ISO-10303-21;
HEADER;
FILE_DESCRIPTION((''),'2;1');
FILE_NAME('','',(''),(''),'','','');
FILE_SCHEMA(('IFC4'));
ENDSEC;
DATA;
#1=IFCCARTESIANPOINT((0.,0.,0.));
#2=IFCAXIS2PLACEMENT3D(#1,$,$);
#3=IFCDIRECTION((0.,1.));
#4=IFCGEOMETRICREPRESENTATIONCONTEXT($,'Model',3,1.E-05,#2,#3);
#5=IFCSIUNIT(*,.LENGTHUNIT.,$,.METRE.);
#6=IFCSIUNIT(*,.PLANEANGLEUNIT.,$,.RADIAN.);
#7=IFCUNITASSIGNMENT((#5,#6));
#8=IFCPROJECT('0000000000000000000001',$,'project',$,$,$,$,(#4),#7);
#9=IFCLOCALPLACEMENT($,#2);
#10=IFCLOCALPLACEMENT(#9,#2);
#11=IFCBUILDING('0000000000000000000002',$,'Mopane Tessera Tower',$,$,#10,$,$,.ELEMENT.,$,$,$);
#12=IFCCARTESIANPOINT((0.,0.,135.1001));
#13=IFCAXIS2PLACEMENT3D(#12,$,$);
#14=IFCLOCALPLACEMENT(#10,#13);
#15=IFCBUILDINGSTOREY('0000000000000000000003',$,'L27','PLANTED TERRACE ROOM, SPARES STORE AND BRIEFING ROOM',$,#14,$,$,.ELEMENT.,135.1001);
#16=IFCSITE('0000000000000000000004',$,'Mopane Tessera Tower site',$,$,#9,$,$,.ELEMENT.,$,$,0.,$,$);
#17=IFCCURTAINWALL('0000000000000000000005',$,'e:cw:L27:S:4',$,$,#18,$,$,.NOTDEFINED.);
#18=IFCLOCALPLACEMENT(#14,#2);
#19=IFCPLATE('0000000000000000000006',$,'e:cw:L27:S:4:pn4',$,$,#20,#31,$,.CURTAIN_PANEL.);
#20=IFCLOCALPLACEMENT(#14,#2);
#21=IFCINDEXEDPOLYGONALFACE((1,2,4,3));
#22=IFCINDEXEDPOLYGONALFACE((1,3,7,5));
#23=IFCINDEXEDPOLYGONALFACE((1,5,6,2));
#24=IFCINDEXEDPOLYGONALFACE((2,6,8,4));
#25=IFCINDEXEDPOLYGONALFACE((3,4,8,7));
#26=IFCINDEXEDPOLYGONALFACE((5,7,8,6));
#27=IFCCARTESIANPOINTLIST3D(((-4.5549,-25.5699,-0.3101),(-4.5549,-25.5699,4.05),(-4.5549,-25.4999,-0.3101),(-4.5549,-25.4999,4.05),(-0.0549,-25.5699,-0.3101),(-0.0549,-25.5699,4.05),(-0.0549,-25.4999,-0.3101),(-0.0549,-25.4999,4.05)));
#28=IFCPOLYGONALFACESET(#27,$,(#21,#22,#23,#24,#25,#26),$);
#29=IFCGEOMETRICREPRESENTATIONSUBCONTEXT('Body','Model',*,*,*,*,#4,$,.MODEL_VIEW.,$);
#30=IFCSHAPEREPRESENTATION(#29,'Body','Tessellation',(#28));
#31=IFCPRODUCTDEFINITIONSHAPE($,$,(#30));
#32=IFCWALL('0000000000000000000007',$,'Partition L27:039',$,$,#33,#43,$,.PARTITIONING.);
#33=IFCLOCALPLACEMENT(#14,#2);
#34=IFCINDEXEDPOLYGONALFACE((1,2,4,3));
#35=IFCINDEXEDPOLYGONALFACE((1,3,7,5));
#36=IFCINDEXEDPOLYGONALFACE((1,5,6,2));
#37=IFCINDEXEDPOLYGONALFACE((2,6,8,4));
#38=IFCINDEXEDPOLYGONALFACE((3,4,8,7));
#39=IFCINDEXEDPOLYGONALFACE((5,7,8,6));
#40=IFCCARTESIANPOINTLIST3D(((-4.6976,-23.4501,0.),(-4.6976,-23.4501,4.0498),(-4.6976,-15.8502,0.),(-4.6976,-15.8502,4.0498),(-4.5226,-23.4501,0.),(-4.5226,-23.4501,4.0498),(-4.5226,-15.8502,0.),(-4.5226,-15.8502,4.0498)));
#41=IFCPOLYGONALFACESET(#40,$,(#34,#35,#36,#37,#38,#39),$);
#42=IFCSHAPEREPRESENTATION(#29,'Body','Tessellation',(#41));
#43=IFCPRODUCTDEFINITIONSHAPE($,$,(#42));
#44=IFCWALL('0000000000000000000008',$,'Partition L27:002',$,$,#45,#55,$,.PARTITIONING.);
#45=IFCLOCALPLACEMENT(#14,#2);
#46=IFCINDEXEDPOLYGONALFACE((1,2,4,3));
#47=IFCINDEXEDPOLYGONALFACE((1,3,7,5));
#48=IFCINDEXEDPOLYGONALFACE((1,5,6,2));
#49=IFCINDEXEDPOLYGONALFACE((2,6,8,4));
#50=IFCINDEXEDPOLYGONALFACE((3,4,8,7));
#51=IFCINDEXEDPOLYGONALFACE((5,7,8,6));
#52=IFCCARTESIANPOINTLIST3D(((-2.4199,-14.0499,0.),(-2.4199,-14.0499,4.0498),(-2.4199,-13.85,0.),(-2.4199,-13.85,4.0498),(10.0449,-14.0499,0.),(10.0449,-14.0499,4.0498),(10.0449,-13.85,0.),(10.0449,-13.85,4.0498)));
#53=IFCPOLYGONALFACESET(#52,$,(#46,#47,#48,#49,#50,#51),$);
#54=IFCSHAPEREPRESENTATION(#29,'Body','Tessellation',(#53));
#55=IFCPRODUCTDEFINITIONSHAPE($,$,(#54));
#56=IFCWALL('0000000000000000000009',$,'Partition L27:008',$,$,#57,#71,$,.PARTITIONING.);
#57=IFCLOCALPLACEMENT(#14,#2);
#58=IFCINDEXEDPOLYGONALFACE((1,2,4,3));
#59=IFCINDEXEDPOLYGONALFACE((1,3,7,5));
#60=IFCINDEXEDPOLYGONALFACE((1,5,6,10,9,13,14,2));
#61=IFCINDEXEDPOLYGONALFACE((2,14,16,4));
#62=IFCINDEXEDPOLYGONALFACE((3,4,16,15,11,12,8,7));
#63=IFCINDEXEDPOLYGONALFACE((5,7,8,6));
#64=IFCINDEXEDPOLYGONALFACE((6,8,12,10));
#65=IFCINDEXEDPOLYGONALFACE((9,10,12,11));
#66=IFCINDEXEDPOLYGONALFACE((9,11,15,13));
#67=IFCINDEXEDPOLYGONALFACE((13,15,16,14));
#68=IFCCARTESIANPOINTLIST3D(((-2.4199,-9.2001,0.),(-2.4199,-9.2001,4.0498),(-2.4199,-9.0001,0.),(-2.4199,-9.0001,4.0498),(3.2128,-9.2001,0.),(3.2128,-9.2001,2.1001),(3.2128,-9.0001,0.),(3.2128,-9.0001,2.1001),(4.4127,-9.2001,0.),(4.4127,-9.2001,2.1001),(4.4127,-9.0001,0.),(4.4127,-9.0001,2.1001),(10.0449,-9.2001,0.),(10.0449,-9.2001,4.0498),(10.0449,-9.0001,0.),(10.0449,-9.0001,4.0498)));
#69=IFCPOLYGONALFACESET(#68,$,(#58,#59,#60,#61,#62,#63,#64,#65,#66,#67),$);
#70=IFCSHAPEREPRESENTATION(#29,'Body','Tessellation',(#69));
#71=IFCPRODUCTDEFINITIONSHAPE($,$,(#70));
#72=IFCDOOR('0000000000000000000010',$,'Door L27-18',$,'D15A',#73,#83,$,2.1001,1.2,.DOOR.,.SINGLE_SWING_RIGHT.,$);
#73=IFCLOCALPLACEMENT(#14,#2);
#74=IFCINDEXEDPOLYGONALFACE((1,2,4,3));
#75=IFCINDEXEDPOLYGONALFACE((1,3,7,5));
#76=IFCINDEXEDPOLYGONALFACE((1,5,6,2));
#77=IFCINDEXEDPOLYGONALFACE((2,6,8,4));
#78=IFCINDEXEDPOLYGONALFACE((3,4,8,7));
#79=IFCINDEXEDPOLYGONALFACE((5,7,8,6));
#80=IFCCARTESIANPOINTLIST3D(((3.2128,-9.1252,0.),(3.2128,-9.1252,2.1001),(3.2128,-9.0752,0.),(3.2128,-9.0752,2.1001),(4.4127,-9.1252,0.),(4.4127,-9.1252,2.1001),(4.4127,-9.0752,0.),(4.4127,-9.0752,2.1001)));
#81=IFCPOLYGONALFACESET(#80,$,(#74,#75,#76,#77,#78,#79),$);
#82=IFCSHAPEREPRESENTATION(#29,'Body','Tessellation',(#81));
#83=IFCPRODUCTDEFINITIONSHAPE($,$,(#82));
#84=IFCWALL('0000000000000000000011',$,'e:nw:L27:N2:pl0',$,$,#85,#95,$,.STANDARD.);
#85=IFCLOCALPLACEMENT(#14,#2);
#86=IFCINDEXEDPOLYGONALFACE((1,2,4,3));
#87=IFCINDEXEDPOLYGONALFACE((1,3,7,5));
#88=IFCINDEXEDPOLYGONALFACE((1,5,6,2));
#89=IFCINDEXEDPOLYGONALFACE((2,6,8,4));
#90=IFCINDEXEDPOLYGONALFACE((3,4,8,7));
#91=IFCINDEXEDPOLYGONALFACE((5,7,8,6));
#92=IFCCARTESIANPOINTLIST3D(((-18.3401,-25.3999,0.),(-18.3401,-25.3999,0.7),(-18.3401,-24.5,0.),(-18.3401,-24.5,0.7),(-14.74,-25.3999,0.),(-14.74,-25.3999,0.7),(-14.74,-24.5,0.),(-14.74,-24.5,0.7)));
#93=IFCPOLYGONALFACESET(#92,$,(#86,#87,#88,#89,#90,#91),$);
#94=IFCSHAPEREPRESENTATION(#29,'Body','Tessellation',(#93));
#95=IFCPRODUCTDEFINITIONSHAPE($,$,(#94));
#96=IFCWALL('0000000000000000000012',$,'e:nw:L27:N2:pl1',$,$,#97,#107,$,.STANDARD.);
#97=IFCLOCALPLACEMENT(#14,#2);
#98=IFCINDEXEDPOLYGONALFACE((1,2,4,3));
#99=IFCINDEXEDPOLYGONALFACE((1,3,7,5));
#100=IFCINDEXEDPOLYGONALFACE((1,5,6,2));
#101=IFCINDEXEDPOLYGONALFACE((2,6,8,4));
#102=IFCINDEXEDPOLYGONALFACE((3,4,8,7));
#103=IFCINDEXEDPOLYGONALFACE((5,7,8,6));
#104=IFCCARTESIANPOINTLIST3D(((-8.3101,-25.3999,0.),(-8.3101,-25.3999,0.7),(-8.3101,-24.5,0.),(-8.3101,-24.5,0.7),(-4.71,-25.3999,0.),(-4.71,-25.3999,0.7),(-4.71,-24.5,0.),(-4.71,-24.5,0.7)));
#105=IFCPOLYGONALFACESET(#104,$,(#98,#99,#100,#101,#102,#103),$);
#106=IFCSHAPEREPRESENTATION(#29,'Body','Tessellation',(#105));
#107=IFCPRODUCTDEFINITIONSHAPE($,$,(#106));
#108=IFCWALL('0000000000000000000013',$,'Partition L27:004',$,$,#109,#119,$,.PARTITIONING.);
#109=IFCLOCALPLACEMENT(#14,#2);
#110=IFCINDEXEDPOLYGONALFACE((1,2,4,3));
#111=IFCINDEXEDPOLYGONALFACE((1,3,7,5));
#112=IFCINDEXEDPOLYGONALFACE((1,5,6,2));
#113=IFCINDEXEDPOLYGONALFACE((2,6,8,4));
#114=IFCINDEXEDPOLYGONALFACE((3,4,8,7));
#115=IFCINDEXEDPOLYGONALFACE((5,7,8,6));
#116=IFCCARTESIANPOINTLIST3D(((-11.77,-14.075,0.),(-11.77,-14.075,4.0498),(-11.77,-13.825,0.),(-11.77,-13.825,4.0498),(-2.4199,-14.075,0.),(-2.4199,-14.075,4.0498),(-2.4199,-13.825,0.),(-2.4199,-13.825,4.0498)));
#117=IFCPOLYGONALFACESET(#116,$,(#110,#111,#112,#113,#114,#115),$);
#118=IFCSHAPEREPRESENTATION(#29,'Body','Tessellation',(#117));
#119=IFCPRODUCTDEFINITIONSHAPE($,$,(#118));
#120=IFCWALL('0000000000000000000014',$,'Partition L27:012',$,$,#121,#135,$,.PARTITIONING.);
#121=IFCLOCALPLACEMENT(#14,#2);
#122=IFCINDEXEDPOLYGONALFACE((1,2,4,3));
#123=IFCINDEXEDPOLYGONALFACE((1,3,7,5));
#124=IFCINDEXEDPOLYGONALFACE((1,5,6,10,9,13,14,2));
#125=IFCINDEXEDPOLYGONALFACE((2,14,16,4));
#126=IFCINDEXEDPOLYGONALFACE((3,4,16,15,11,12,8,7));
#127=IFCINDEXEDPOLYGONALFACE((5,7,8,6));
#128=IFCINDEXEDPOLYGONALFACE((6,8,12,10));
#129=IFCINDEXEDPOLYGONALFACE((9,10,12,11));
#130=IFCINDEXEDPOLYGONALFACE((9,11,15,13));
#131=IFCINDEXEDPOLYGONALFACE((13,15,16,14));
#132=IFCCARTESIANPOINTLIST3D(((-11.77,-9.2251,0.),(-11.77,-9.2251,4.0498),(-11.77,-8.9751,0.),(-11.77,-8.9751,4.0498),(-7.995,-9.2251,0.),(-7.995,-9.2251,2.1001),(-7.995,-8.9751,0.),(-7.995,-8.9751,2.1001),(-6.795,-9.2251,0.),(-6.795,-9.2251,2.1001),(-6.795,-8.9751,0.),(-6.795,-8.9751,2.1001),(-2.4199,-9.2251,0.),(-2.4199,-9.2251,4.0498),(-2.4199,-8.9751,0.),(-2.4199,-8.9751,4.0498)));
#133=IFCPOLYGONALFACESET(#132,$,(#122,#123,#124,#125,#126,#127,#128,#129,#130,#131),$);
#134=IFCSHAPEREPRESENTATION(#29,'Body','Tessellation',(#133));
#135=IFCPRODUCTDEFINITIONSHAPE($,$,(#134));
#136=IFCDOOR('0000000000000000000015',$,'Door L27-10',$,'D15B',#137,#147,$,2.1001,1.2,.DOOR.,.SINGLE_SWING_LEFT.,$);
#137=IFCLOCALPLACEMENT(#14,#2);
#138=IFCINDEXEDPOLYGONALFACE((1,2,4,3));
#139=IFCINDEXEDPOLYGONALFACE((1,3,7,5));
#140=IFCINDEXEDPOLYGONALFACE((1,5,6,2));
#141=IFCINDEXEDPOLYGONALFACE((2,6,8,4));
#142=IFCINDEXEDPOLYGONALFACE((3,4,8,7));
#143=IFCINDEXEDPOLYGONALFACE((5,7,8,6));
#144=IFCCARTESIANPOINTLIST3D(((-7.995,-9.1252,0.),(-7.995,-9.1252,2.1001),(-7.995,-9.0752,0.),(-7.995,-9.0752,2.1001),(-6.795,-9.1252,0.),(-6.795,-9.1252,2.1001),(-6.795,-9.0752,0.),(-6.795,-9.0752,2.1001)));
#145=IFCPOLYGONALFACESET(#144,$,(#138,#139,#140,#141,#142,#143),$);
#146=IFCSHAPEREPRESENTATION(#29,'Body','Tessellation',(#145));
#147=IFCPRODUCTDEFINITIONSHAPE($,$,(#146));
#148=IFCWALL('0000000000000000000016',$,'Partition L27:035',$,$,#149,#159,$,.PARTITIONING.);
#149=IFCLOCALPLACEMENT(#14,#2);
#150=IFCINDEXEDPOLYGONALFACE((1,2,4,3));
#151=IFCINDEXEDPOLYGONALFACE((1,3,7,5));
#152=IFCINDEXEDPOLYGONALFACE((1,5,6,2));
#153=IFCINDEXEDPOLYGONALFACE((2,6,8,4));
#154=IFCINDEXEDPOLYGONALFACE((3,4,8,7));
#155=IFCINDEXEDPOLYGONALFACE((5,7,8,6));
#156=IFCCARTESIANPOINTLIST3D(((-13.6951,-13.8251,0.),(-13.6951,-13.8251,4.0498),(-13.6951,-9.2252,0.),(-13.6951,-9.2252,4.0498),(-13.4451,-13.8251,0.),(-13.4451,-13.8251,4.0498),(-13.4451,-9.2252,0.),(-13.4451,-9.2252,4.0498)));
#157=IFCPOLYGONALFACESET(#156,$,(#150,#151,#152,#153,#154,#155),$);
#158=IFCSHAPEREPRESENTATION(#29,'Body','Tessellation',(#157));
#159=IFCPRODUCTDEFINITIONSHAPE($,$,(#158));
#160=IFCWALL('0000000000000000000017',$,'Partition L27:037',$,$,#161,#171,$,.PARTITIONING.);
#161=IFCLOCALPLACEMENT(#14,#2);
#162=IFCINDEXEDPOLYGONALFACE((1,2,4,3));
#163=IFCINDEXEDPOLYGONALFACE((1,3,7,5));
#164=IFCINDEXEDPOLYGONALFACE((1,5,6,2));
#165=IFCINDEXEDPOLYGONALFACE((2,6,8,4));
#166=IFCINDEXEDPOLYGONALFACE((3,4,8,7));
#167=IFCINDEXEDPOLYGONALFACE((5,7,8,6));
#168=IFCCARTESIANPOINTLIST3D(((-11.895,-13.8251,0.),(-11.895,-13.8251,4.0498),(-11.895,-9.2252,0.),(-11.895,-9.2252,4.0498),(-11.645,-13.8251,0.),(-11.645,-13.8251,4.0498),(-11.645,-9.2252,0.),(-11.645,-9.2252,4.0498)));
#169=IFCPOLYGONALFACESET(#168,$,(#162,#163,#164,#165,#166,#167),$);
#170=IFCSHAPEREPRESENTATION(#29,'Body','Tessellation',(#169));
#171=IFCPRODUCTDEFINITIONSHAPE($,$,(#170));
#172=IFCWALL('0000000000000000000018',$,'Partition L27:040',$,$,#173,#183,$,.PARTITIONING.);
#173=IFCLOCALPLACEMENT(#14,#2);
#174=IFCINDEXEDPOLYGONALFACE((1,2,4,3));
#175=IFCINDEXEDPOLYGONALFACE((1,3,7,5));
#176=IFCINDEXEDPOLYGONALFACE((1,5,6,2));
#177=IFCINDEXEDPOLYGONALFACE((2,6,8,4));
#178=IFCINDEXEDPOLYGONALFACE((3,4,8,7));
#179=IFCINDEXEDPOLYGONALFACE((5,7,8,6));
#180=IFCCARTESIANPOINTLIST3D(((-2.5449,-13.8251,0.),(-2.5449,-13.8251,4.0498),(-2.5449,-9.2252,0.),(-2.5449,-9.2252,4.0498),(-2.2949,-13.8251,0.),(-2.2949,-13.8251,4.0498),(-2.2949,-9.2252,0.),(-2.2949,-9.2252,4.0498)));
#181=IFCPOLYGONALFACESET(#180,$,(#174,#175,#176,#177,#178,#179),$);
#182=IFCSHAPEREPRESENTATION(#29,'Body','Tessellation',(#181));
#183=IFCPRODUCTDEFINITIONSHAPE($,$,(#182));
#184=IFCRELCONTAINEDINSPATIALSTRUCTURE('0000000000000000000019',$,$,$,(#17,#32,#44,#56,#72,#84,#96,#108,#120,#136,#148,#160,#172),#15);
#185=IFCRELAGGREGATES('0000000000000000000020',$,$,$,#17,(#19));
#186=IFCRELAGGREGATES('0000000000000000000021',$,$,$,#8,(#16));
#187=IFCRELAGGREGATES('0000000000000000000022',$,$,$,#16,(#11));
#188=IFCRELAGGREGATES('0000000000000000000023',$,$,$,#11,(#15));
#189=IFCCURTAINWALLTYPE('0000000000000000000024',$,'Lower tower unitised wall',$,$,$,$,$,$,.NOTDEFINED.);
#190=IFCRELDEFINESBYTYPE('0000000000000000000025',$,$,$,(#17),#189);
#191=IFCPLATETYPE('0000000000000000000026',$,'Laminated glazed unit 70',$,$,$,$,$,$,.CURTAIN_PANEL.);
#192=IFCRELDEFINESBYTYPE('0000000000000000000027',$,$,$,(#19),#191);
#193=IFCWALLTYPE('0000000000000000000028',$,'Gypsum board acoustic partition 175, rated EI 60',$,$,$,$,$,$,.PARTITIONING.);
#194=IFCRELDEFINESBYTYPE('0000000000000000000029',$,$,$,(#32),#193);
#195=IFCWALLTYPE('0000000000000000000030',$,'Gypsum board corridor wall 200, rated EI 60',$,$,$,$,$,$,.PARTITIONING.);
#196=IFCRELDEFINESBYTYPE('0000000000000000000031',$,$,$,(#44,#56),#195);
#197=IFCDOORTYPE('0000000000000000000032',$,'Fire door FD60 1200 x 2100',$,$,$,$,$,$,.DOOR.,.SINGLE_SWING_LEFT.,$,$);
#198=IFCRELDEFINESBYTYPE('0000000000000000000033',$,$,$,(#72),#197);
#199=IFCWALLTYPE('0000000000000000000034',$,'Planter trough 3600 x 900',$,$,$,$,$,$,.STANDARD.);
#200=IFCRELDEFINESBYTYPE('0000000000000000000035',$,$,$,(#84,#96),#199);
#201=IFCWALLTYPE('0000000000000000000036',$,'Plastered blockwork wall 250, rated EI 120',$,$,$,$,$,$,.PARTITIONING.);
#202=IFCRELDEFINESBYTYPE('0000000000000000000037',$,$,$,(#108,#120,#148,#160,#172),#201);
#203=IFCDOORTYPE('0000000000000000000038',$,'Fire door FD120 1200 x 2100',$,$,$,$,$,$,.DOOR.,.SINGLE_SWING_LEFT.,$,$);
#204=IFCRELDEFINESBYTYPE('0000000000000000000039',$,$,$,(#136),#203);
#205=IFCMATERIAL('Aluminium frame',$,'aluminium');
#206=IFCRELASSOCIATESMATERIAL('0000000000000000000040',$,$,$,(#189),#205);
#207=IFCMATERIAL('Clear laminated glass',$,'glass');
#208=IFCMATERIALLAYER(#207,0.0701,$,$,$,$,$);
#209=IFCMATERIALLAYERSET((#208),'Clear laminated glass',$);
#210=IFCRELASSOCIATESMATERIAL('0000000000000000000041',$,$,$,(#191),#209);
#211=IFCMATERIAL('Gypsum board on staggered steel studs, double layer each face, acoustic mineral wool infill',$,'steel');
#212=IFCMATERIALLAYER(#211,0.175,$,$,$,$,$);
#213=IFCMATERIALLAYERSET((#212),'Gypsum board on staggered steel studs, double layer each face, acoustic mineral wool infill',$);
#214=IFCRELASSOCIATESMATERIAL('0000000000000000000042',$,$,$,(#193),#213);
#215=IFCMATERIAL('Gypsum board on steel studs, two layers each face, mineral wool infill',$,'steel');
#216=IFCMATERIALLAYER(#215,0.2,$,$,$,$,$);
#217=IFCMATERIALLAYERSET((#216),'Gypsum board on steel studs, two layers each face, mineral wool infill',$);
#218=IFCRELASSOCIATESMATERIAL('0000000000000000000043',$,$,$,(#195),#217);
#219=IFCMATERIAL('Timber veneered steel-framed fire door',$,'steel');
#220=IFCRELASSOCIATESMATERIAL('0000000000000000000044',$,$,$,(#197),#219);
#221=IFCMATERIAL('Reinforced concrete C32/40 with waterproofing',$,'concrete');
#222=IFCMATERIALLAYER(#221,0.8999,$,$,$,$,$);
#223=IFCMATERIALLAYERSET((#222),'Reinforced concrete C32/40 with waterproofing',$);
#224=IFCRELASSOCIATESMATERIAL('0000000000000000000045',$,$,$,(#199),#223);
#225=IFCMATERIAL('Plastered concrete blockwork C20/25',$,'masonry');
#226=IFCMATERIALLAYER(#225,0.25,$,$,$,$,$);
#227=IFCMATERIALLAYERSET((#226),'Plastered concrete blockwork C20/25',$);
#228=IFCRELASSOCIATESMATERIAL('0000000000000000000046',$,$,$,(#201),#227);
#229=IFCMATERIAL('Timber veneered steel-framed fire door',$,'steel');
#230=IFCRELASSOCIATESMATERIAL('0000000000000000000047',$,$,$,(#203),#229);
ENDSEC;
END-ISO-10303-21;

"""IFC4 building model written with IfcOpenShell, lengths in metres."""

from ifc_helpers import new_model, si_unit, direction, frame, frame_2d, origin, origin_2d, place, context, subcontext, project, spatial, rectangle, extrude, material, layer, layer_set, type_object, element, fill, aggregate, save


model = new_model("IFC4")

# Units and contexts
model_context = context("Model", 3, precision=1e-05, world=origin(), true_north=direction((0.0, 1.0)))
body_context = subcontext(model_context, "Body", "Model", "MODEL_VIEW")
ifc_project = project(units=[si_unit("LENGTHUNIT", "METRE"), si_unit("PLANEANGLEUNIT", "RADIAN")], contexts=[model_context])

# Site, building, storey
site_placement = place(None, origin())
site = spatial("IfcSite", under=ifc_project, at=site_placement, Name="Mopane Tessera Tower site", CompositionType="ELEMENT", RefElevation=0.0)
building_placement = place(site_placement, origin())
building = spatial("IfcBuilding", under=site, at=building_placement, Name="Mopane Tessera Tower", CompositionType="ELEMENT")
storey_placement = place(building_placement, frame((0.0, 0.0, 135.1001)))
storey = spatial("IfcBuildingStorey", under=building, at=storey_placement, Name="L27", Description="PLANTED TERRACE ROOM, SPARES STORE AND BRIEFING ROOM", CompositionType="ELEMENT", Elevation=135.1001)

# Curtain wall
ifc_material_1 = material(Name="Aluminium frame", Category="aluminium")
curtain_wall_type = type_object("IfcCurtainWallType", Name="Lower tower unitised wall", PredefinedType="NOTDEFINED", material=ifc_material_1)
curtain_wall_placement = place(storey_placement, origin())
curtain_wall = element("IfcCurtainWall", 1, at=curtain_wall_placement, inside=storey, type_object=curtain_wall_type, Name="e:cw:L27:S:4", PredefinedType="NOTDEFINED")

# Plate
ifc_material_2 = material(Name="Clear laminated glass", Category="glass")
ifc_layer_1 = layer(ifc_material_2, 0.0701)
ifc_layer_set_1 = layer_set([ifc_layer_1], Name="Clear laminated glass")
plate_type = type_object("IfcPlateType", Name="Laminated glazed unit 70", PredefinedType="CURTAIN_PANEL", material=ifc_layer_set_1)
plate_placement = place(storey_placement, frame((-2.3049, -25.5349, -0.3101), z_axis=(0.0, 0.0, 1.0), x_axis=(1.0, 0.0, 0.0)))
plate = element("IfcPlate", 2, at=plate_placement, type_object=plate_type, Name="e:cw:L27:S:4:pn4", PredefinedType="CURTAIN_PANEL", context=body_context, shape_type="SweptSolid", body=[
    extrude(rectangle(XDim=4.5, YDim=0.0701, at=origin_2d()), origin(), (0.0, 0.0, 1.0), 4.3601),
])
aggregate(curtain_wall, [plate])

# Walls
ifc_material_3 = material(Name="Gypsum board on staggered steel studs, double layer each face, acoustic mineral wool infill", Category="steel")
ifc_layer_2 = layer(ifc_material_3, 0.175)
ifc_layer_set_2 = layer_set([ifc_layer_2], Name="Gypsum board on staggered steel studs, double layer each face, acoustic mineral wool infill")
wall_type_1 = type_object("IfcWallType", Name="Gypsum board acoustic partition 175, rated EI 60", PredefinedType="PARTITIONING", material=ifc_layer_set_2)
wall_1_placement = place(storey_placement, frame((-4.6101, -23.45, 0.0), z_axis=(0.0, 0.0, 1.0), x_axis=(0.0, 1.0, 0.0)))
element("IfcWall", 3, at=wall_1_placement, inside=storey, type_object=wall_type_1, Name="Partition L27:039", PredefinedType="PARTITIONING", context=body_context, shape_type="SweptSolid", body=[
    extrude(rectangle(XDim=7.5999, YDim=0.175, at=frame_2d((3.7998, 0.0))), origin(), (0.0, 0.0, 1.0), 4.0498),
])
ifc_material_4 = material(Name="Gypsum board on steel studs, two layers each face, mineral wool infill", Category="steel")
ifc_layer_3 = layer(ifc_material_4, 0.2)
ifc_layer_set_3 = layer_set([ifc_layer_3], Name="Gypsum board on steel studs, two layers each face, mineral wool infill")
wall_type_2 = type_object("IfcWallType", Name="Gypsum board corridor wall 200, rated EI 60", PredefinedType="PARTITIONING", material=ifc_layer_set_3)
wall_2_placement = place(storey_placement, frame((-2.4199, -13.95, 0.0), z_axis=(0.0, 0.0, 1.0), x_axis=(1.0, 0.0, 0.0)))
element("IfcWall", 4, at=wall_2_placement, inside=storey, type_object=wall_type_2, Name="Partition L27:002", PredefinedType="PARTITIONING", context=body_context, shape_type="SweptSolid", body=[
    extrude(rectangle(XDim=12.4648, YDim=0.2, at=frame_2d((6.2324, 0.0))), origin(), (0.0, 0.0, 1.0), 4.0498),
])

# Wall, opening, door
wall_3_placement = place(storey_placement, frame((-2.4199, -9.1001, 0.0), z_axis=(0.0, 0.0, 1.0), x_axis=(1.0, 0.0, 0.0)))
wall_3 = element("IfcWall", 5, at=wall_3_placement, inside=storey, type_object=wall_type_2, Name="Partition L27:008", PredefinedType="PARTITIONING", context=body_context, shape_type="SweptSolid", body=[
    extrude(rectangle(XDim=12.4648, YDim=0.2, at=frame_2d((6.2324, 0.0))), origin(), (0.0, 0.0, 1.0), 4.0498),
])
opening_1_placement = place(wall_3_placement, frame((5.6326, 0.0, 0.0)))
opening_1 = element("IfcOpeningElement", 6, at=opening_1_placement, cuts=wall_3, PredefinedType="OPENING", context=body_context, shape_type="SweptSolid", body=[
    extrude(rectangle(XDim=1.2, YDim=2.1001, at=frame_2d((0.6001, 1.05))), frame((0.0, 0.1121, 0.0), z_axis=(0.0, -1.0, 0.0), x_axis=(1.0, 0.0, 0.0)), (0.0, 0.0, 1.0), 0.2239),
])
ifc_material_5 = material(Name="Timber veneered steel-framed fire door", Category="steel")
door_type_1 = type_object("IfcDoorType", Name="Fire door FD60 1200 x 2100", OperationType="SINGLE_SWING_LEFT", PredefinedType="DOOR", material=ifc_material_5)
door_1_placement = place(opening_1_placement, origin())
door_1 = element("IfcDoor", 7, at=door_1_placement, inside=storey, type_object=door_type_1, Name="Door L27-18", ObjectType="D15A", OperationType="SINGLE_SWING_RIGHT", OverallHeight=2.1001, OverallWidth=1.2, PredefinedType="DOOR", context=body_context, shape_type="SweptSolid", body=[
    extrude(rectangle(XDim=1.2, YDim=2.1001, at=frame_2d((0.6001, 1.05))), frame((0.0, 0.0249, 0.0), z_axis=(0.0, -1.0, 0.0), x_axis=(1.0, 0.0, 0.0)), (0.0, 0.0, 1.0), 0.05),
])
fill(opening_1, door_1)

# Walls
ifc_material_6 = material(Name="Reinforced concrete C32/40 with waterproofing", Category="concrete")
ifc_layer_4 = layer(ifc_material_6, 0.8999)
ifc_layer_set_4 = layer_set([ifc_layer_4], Name="Reinforced concrete C32/40 with waterproofing")
wall_type_3 = type_object("IfcWallType", Name="Planter trough 3600 x 900", PredefinedType="STANDARD", material=ifc_layer_set_4)
for number, where, z_axis, x_axis, name in (
    (8, (-18.3401, -24.95, 0.0), (0.0, 0.0, 1.0), (1.0, 0.0, 0.0), "e:nw:L27:N2:pl0"),
    (9, (-8.3101, -24.95, 0.0), (0.0, 0.0, 1.0), (1.0, 0.0, 0.0), "e:nw:L27:N2:pl1"),
):
    element("IfcWall", number, at=place(storey_placement, frame(where, z_axis=z_axis, x_axis=x_axis)), inside=storey, type_object=wall_type_3, Name=name, PredefinedType="STANDARD", context=body_context, shape_type="SweptSolid", body=[
        extrude(rectangle(XDim=3.6001, YDim=0.8999, at=frame_2d((1.8, 0.0))), origin(), (0.0, 0.0, 1.0), 0.7),
    ])
ifc_material_7 = material(Name="Plastered concrete blockwork C20/25", Category="masonry")
ifc_layer_5 = layer(ifc_material_7, 0.25)
ifc_layer_set_5 = layer_set([ifc_layer_5], Name="Plastered concrete blockwork C20/25")
wall_type_4 = type_object("IfcWallType", Name="Plastered blockwork wall 250, rated EI 120", PredefinedType="PARTITIONING", material=ifc_layer_set_5)
wall_4_placement = place(storey_placement, frame((-11.77, -13.95, 0.0), z_axis=(0.0, 0.0, 1.0), x_axis=(1.0, 0.0, 0.0)))
element("IfcWall", 10, at=wall_4_placement, inside=storey, type_object=wall_type_4, Name="Partition L27:004", PredefinedType="PARTITIONING", context=body_context, shape_type="SweptSolid", body=[
    extrude(rectangle(XDim=9.3501, YDim=0.25, at=frame_2d((4.675, 0.0))), origin(), (0.0, 0.0, 1.0), 4.0498),
])

# Wall, opening, door
wall_5_placement = place(storey_placement, frame((-11.77, -9.1001, 0.0), z_axis=(0.0, 0.0, 1.0), x_axis=(1.0, 0.0, 0.0)))
wall_5 = element("IfcWall", 11, at=wall_5_placement, inside=storey, type_object=wall_type_4, Name="Partition L27:012", PredefinedType="PARTITIONING", context=body_context, shape_type="SweptSolid", body=[
    extrude(rectangle(XDim=9.3501, YDim=0.25, at=frame_2d((4.675, 0.0))), origin(), (0.0, 0.0, 1.0), 4.0498),
])
opening_2_placement = place(wall_5_placement, frame((3.7749, 0.0, 0.0)))
opening_2 = element("IfcOpeningElement", 12, at=opening_2_placement, cuts=wall_5, PredefinedType="OPENING", context=body_context, shape_type="SweptSolid", body=[
    extrude(rectangle(XDim=1.2, YDim=2.1001, at=frame_2d((0.6001, 1.05))), frame((0.0, 0.137, 0.0), z_axis=(0.0, -1.0, 0.0), x_axis=(1.0, 0.0, 0.0)), (0.0, 0.0, 1.0), 0.2739),
])
ifc_material_8 = material(Name="Timber veneered steel-framed fire door", Category="steel")
door_type_2 = type_object("IfcDoorType", Name="Fire door FD120 1200 x 2100", OperationType="SINGLE_SWING_LEFT", PredefinedType="DOOR", material=ifc_material_8)
door_2_placement = place(opening_2_placement, origin())
door_2 = element("IfcDoor", 13, at=door_2_placement, inside=storey, type_object=door_type_2, Name="Door L27-10", ObjectType="D15B", OperationType="SINGLE_SWING_LEFT", OverallHeight=2.1001, OverallWidth=1.2, PredefinedType="DOOR", context=body_context, shape_type="SweptSolid", body=[
    extrude(rectangle(XDim=1.2, YDim=2.1001, at=frame_2d((0.6001, 1.05))), frame((0.0, 0.0249, 0.0), z_axis=(0.0, -1.0, 0.0), x_axis=(1.0, 0.0, 0.0)), (0.0, 0.0, 1.0), 0.05),
])
fill(opening_2, door_2)

# Walls
for number, where, z_axis, x_axis, name in (
    (14, (-13.5701, -13.825, 0.0), (0.0, 0.0, 1.0), (0.0, 1.0, 0.0), "Partition L27:035"),
    (15, (-11.77, -13.825, 0.0), (0.0, 0.0, 1.0), (0.0, 1.0, 0.0), "Partition L27:037"),
    (16, (-2.4199, -13.825, 0.0), (0.0, 0.0, 1.0), (0.0, 1.0, 0.0), "Partition L27:040"),
):
    element("IfcWall", number, at=place(storey_placement, frame(where, z_axis=z_axis, x_axis=x_axis)), inside=storey, type_object=wall_type_4, Name=name, PredefinedType="PARTITIONING", context=body_context, shape_type="SweptSolid", body=[
        extrude(rectangle(XDim=4.5999, YDim=0.25, at=frame_2d((2.2998, 0.0))), origin(), (0.0, 0.0, 1.0), 4.0498),
    ])

save(model, "model.ifc")
